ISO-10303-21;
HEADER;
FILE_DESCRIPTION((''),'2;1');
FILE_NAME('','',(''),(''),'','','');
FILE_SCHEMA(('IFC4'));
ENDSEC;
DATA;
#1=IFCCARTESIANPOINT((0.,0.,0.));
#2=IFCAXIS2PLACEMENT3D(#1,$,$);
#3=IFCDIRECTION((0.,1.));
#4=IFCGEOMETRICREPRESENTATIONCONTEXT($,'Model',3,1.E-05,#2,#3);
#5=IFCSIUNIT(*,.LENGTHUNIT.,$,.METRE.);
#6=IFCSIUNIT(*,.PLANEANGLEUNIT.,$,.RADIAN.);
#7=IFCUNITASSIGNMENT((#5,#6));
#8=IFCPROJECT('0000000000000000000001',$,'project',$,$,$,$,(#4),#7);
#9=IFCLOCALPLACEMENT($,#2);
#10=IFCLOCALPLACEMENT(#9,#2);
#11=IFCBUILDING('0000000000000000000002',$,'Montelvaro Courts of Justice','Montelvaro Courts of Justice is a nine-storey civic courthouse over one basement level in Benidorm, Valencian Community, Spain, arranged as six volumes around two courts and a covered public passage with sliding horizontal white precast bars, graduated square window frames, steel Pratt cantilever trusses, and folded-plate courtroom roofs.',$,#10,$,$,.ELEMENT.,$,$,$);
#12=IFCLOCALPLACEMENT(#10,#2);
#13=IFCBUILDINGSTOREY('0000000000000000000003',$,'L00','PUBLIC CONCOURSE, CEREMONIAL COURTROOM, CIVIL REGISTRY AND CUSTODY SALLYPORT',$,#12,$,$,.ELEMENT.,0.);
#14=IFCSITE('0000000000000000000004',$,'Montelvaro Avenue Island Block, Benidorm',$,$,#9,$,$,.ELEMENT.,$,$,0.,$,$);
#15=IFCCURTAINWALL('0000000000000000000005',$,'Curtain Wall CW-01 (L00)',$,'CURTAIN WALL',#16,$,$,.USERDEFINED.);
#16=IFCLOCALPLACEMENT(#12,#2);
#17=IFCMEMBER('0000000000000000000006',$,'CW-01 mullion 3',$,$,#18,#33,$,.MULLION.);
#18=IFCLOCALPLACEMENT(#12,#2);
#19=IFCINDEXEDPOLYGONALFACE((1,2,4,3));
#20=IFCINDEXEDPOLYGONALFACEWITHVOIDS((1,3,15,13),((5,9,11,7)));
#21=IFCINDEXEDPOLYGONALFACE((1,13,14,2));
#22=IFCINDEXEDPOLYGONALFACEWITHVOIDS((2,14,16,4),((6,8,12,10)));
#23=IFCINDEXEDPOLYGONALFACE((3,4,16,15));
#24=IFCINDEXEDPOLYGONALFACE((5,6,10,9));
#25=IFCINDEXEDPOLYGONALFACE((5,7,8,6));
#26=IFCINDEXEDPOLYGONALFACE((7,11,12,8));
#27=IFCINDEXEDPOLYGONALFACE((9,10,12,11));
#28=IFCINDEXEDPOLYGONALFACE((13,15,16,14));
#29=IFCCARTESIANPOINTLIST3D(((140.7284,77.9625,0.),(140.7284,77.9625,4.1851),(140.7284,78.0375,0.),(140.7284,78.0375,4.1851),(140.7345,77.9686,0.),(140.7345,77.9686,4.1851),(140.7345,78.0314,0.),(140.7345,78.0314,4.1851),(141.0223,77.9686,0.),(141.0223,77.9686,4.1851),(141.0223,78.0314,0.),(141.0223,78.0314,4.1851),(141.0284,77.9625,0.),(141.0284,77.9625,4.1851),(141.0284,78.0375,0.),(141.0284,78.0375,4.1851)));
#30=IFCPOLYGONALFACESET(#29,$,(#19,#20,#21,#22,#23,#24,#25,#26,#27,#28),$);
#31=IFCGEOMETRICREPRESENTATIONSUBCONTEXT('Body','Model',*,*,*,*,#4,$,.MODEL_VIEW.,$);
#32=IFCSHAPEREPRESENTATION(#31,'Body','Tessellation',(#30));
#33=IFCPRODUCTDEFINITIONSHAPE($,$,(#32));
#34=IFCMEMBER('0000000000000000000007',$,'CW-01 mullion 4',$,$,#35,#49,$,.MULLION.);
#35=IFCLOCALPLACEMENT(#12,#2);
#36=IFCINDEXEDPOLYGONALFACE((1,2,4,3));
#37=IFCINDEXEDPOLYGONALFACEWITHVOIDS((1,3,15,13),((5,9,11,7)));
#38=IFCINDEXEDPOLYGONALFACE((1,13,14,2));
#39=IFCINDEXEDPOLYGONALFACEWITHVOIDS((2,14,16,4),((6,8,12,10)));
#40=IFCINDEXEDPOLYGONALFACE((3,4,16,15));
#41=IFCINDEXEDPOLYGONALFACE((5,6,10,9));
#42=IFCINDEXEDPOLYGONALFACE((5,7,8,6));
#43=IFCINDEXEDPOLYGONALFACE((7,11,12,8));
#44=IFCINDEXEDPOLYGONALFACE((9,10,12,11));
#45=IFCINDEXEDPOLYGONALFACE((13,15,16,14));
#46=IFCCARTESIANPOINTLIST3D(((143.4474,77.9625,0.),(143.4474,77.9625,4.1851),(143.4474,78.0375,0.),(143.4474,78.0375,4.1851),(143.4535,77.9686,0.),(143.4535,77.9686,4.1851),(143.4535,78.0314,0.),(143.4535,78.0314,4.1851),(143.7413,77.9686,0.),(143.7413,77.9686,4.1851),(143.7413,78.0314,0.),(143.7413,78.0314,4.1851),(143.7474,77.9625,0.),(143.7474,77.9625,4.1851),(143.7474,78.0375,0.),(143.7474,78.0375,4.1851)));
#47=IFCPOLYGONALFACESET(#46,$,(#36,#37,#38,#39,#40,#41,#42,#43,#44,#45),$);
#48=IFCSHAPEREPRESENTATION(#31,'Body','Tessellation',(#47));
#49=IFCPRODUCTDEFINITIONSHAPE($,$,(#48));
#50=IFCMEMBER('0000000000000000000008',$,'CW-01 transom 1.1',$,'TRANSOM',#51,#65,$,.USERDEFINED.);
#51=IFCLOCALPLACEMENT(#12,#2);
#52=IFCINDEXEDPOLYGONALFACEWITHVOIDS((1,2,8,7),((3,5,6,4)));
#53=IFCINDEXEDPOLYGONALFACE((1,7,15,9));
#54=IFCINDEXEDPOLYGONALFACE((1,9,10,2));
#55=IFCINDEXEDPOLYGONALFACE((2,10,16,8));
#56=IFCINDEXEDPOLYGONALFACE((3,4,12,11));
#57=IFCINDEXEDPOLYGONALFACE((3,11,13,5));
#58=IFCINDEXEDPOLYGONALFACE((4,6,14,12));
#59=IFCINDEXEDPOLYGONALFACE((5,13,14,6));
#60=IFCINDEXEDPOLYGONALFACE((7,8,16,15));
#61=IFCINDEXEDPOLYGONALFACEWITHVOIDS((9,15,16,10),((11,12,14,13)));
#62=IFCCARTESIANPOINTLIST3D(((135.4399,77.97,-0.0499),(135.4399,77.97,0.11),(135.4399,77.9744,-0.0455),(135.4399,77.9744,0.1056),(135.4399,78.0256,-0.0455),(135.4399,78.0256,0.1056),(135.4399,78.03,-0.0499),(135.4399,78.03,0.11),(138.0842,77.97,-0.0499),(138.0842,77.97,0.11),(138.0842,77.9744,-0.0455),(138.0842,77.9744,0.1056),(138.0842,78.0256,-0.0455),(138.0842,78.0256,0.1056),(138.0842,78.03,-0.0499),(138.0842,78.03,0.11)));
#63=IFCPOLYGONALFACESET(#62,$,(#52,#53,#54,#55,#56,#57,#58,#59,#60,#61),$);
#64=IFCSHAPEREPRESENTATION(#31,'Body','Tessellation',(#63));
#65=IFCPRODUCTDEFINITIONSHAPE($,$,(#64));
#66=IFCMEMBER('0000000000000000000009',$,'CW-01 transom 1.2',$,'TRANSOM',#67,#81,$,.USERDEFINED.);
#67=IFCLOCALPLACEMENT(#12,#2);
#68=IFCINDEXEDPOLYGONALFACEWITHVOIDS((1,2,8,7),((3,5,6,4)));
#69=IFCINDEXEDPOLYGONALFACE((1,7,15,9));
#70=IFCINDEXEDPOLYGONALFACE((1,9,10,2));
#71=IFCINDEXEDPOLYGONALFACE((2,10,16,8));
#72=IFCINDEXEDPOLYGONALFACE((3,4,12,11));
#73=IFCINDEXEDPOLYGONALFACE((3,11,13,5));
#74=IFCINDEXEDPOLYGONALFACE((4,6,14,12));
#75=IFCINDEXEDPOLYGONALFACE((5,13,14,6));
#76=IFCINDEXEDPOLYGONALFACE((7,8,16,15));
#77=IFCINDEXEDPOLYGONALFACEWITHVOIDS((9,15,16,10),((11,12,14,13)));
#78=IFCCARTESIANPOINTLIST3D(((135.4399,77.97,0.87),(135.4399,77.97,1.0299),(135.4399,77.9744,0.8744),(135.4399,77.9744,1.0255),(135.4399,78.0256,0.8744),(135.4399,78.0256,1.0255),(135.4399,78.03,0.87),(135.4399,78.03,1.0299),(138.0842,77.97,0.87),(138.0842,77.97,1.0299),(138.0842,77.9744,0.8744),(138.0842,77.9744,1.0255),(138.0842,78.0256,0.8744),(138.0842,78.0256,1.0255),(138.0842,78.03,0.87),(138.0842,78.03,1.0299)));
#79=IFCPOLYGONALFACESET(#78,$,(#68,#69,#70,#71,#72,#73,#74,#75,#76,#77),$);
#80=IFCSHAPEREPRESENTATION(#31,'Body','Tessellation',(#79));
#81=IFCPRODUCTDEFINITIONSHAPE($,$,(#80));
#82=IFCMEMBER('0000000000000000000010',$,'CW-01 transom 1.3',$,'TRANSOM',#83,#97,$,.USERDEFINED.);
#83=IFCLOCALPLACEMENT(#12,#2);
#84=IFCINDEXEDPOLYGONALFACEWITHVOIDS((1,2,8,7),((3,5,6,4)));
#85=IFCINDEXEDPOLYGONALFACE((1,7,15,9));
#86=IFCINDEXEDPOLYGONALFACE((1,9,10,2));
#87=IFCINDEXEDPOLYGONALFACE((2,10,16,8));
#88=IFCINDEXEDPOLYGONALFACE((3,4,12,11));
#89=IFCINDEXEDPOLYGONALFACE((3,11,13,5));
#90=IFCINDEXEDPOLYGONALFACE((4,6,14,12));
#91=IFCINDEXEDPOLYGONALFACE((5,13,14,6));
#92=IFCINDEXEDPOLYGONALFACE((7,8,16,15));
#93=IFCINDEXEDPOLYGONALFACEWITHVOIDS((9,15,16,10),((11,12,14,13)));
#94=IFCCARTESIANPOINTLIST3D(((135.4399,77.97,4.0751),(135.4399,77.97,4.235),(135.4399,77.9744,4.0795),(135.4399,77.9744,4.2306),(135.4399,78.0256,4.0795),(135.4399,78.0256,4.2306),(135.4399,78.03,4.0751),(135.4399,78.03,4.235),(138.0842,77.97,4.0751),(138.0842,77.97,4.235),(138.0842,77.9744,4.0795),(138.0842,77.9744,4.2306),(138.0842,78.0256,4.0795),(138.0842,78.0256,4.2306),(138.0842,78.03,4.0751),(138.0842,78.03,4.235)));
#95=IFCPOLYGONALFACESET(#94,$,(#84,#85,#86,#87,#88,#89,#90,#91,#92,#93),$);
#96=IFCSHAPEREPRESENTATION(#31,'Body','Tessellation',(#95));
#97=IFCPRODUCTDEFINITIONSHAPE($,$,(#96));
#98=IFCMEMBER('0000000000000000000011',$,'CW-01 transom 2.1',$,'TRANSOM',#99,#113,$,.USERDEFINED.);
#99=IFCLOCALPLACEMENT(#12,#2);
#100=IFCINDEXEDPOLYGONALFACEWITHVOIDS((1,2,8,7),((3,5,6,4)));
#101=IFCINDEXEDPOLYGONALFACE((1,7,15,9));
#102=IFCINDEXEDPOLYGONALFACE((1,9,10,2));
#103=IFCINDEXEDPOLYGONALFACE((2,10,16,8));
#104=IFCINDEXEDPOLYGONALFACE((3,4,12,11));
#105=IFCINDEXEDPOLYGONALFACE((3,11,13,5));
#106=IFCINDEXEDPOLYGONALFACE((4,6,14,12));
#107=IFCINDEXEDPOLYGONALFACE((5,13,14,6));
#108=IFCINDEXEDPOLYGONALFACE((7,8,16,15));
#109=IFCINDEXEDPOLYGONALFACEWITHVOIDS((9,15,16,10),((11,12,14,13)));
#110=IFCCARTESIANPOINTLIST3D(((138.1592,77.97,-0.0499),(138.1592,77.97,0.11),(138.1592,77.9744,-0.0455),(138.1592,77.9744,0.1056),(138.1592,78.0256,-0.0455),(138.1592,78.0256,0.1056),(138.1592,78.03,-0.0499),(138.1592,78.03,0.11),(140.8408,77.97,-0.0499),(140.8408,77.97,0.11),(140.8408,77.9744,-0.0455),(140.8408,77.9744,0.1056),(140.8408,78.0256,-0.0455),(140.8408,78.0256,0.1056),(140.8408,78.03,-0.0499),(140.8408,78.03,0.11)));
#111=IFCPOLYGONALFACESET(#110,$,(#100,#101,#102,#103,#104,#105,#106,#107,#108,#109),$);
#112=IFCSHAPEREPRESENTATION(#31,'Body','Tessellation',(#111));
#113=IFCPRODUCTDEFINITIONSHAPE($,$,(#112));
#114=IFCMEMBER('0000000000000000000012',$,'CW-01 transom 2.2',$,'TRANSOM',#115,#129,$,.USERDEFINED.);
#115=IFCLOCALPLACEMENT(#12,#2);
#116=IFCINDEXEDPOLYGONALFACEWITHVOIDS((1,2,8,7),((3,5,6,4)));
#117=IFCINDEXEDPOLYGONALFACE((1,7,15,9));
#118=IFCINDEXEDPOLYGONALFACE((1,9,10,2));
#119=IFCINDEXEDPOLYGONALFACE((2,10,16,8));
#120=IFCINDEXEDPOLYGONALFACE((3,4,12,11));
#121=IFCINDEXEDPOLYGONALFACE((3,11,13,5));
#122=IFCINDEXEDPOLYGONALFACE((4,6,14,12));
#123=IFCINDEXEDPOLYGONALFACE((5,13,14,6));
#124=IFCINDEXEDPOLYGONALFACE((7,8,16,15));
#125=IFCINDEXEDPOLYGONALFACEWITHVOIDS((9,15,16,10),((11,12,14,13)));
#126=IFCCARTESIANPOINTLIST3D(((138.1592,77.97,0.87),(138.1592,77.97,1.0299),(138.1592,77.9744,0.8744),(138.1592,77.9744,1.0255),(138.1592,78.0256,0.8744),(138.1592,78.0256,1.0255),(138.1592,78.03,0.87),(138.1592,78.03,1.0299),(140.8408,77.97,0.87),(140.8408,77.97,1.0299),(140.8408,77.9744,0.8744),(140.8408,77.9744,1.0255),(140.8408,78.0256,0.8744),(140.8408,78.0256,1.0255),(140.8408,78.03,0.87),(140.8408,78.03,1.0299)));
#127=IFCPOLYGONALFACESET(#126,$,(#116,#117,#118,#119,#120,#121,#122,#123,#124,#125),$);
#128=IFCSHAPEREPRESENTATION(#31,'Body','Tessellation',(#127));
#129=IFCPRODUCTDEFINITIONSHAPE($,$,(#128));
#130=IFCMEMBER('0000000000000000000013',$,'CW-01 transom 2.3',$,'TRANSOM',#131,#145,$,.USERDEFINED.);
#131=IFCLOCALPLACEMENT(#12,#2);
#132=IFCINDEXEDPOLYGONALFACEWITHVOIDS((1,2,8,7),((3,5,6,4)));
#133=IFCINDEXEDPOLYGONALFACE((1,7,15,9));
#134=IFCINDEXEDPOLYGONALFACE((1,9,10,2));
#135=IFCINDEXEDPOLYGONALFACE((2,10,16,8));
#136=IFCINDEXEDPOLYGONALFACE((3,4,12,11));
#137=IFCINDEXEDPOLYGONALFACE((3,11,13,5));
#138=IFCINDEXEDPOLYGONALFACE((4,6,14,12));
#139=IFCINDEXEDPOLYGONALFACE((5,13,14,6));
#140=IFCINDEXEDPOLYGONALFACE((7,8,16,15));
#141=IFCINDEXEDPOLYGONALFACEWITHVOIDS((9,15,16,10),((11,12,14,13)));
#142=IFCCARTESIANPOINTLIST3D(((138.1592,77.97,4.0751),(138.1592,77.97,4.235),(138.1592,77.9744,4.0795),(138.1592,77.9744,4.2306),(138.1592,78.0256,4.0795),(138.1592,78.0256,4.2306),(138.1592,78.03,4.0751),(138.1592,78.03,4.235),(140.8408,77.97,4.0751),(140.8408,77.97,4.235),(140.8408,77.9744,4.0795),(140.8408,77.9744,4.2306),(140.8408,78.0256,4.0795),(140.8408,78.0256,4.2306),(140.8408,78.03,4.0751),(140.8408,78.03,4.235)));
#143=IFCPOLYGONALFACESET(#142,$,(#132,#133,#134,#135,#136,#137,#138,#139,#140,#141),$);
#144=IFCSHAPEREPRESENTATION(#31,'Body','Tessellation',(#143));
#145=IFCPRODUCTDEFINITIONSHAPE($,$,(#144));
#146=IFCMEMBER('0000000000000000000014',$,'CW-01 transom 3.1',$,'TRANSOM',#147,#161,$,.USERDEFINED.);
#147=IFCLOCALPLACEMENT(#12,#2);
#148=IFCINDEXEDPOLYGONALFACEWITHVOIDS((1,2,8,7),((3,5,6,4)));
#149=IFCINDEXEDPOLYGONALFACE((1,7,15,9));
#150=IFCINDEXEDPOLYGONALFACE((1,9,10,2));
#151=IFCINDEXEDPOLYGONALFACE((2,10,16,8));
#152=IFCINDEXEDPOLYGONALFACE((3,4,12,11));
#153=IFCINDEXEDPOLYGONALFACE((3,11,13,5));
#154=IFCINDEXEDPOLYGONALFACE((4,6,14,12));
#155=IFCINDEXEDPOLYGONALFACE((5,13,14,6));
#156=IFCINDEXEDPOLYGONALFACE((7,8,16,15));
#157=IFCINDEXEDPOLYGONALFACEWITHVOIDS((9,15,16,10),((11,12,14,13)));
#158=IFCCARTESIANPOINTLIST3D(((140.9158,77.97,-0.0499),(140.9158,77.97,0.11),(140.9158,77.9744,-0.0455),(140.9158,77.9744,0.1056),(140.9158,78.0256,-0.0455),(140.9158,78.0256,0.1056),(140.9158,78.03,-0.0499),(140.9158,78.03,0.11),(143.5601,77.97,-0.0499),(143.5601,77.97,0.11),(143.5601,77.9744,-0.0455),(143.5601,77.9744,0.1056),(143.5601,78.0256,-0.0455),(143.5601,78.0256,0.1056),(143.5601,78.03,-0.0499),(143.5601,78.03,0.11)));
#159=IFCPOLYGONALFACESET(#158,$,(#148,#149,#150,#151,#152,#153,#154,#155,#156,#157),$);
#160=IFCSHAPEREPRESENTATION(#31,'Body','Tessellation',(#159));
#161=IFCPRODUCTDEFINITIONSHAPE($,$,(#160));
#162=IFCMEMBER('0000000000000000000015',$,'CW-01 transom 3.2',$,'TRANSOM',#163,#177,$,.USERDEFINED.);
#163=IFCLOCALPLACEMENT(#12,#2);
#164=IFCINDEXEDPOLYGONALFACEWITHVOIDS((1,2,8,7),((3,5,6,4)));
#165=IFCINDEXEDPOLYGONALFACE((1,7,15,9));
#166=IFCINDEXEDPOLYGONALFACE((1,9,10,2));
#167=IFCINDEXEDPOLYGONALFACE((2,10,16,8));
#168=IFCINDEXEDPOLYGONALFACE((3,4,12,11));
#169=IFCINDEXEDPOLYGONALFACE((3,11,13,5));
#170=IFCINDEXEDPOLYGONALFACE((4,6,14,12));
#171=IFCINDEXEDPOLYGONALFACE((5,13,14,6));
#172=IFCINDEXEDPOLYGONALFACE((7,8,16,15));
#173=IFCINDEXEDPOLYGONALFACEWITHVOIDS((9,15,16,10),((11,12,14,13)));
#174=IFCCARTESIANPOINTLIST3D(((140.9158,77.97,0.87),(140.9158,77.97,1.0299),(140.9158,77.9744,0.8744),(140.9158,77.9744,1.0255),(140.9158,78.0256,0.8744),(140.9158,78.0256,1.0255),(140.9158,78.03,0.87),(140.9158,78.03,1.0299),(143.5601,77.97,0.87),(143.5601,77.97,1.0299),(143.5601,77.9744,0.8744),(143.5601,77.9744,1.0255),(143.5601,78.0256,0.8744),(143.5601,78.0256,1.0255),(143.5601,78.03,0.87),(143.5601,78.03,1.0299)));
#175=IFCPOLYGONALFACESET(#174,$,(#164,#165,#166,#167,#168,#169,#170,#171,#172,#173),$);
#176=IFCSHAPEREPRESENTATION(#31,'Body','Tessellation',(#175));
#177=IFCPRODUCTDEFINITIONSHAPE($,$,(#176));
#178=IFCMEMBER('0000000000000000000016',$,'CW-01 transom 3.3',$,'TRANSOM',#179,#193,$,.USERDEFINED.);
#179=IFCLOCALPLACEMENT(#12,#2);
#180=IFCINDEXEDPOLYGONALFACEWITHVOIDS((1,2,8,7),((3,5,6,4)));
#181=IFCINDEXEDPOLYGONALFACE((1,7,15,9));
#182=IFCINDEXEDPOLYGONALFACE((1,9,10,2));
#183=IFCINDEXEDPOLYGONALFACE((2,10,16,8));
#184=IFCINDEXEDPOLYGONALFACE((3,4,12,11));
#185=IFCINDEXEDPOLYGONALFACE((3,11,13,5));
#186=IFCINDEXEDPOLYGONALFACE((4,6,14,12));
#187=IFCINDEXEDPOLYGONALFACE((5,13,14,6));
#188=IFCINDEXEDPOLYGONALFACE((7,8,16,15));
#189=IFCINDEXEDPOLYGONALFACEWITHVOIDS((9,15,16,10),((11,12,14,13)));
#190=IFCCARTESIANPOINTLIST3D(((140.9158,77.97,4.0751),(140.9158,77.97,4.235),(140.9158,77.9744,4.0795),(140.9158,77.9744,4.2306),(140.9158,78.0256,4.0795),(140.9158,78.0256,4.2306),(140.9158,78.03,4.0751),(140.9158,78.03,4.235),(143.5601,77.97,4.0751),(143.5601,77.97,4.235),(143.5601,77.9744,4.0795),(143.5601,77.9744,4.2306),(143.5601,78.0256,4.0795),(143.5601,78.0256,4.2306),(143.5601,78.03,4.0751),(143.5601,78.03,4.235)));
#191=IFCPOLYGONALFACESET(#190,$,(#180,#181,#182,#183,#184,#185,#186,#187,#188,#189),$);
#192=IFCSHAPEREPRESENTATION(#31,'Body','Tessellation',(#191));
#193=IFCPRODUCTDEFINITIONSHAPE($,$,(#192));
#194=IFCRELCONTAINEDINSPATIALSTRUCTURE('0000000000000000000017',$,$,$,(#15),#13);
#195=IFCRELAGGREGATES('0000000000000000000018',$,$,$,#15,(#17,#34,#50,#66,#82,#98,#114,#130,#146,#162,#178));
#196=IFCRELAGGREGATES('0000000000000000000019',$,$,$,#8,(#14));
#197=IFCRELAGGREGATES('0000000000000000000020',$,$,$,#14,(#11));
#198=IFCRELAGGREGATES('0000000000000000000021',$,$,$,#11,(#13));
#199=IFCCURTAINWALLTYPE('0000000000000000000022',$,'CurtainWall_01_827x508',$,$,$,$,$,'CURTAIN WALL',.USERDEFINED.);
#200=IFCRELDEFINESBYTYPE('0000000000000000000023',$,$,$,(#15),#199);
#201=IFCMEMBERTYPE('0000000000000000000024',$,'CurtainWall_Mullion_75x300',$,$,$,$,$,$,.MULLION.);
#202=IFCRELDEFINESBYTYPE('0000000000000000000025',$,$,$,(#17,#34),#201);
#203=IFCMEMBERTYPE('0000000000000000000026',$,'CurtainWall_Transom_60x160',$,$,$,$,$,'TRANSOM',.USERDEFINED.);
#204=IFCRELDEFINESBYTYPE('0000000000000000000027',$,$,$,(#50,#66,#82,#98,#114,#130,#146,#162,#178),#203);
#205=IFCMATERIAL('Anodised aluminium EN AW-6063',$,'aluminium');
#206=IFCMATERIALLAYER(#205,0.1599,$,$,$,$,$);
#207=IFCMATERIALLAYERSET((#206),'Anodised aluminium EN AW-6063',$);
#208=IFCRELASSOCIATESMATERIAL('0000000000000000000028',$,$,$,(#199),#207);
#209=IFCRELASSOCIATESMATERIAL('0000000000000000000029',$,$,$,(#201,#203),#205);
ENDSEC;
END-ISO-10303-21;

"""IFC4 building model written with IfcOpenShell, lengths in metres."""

from ifc_helpers import new_model, si_unit, direction, frame, origin, origin_2d, place, context, subcontext, project, spatial, hollow_rectangle, extrude, material, layer, layer_set, material_profile, profile_set, type_object, element, aggregate, save


model = new_model("IFC4")

# Units and contexts
model_context = context("Model", 3, precision=1e-05, world=origin(), true_north=direction((0.0, 1.0)))
body_context = subcontext(model_context, "Body", "Model", "MODEL_VIEW")
ifc_project = project(units=[si_unit("LENGTHUNIT", "METRE"), si_unit("PLANEANGLEUNIT", "RADIAN")], contexts=[model_context])

# Site, building, storey
site_placement = place(None, origin())
site = spatial("IfcSite", under=ifc_project, at=site_placement, Name="Montelvaro Avenue Island Block, Benidorm", CompositionType="ELEMENT", RefElevation=0.0)
building_placement = place(site_placement, origin())
building = spatial("IfcBuilding", under=site, at=building_placement, Name="Montelvaro Courts of Justice", Description="Montelvaro Courts of Justice is a nine-storey civic courthouse over one basement level in Benidorm, Valencian Community, Spain, arranged as six volumes around two courts and a covered public passage with sliding horizontal white precast bars, graduated square window frames, steel Pratt cantilever trusses, and folded-plate courtroom roofs.", CompositionType="ELEMENT")
storey_placement = place(building_placement, origin())
storey = spatial("IfcBuildingStorey", under=building, at=storey_placement, Name="L00", Description="PUBLIC CONCOURSE, CEREMONIAL COURTROOM, CIVIL REGISTRY AND CUSTODY SALLYPORT", CompositionType="ELEMENT", Elevation=0.0)

# Shared definitions
ifc_material_1 = material(Name="Anodised aluminium EN AW-6063", Category="aluminium")
ifc_layer_1 = layer(ifc_material_1, 0.1599)
ifc_layer_set_1 = layer_set([ifc_layer_1], Name="Anodised aluminium EN AW-6063")
curtain_wall_type = type_object("IfcCurtainWallType", Name="CurtainWall_01_827x508", ElementType="CURTAIN WALL", PredefinedType="USERDEFINED", material=ifc_layer_set_1)

# Curtain wall, members
curtain_wall_1_placement = place(storey_placement, origin())
curtain_wall_1 = element("IfcCurtainWall", 1, at=curtain_wall_1_placement, inside=storey, type_object=curtain_wall_type, Name="Curtain Wall CW-01 (L00)", ObjectType="CURTAIN WALL", PredefinedType="USERDEFINED")
ifc_material_profile_1 = material_profile(ifc_material_1, hollow_rectangle(XDim=0.075, YDim=0.3, WallThickness=0.0061, at=origin_2d()), Name="ALU-M 75x300")
ifc_profile_set_1 = profile_set([ifc_material_profile_1], Name="Anodised aluminium EN AW-6063")
member_type_1 = type_object("IfcMemberType", Name="CurtainWall_Mullion_75x300", PredefinedType="MULLION", material=ifc_profile_set_1)
member_1_placement = place(storey_placement, frame((140.8784, 78.0, 0.0), z_axis=(0.0, 0.0, 1.0), x_axis=(0.0, 1.0, 0.0)))
member_1 = element("IfcMember", 2, at=member_1_placement, type_object=member_type_1, Name="CW-01 mullion 3", PredefinedType="MULLION", context=body_context, shape_type="SweptSolid", body=[
    extrude(hollow_rectangle(XDim=0.075, YDim=0.3, WallThickness=0.0061, at=origin_2d()), origin(), (0.0, 0.0, 1.0), 4.1851),
])
member_2_placement = place(storey_placement, frame((143.5974, 78.0, 0.0), z_axis=(0.0, 0.0, 1.0), x_axis=(0.0, 1.0, 0.0)))
member_2 = element("IfcMember", 3, at=member_2_placement, type_object=member_type_1, Name="CW-01 mullion 4", PredefinedType="MULLION", context=body_context, shape_type="SweptSolid", body=[
    extrude(hollow_rectangle(XDim=0.075, YDim=0.3, WallThickness=0.0061, at=origin_2d()), origin(), (0.0, 0.0, 1.0), 4.1851),
])
ifc_material_profile_2 = material_profile(ifc_material_1, hollow_rectangle(XDim=0.0601, YDim=0.1599, WallThickness=0.0044, at=origin_2d()), Name="ALU-T 60x160")
ifc_profile_set_2 = profile_set([ifc_material_profile_2], Name="Anodised aluminium EN AW-6063")
member_type_2 = type_object("IfcMemberType", Name="CurtainWall_Transom_60x160", ElementType="TRANSOM", PredefinedType="USERDEFINED", material=ifc_profile_set_2)
member_3_placement = place(storey_placement, frame((135.4399, 78.0, 0.03), z_axis=(1.0, 0.0, 0.0), x_axis=(0.0, 1.0, 0.0)))
member_3 = element("IfcMember", 4, at=member_3_placement, type_object=member_type_2, Name="CW-01 transom 1.1", ObjectType="TRANSOM", PredefinedType="USERDEFINED", context=body_context, shape_type="SweptSolid", body=[
    extrude(hollow_rectangle(XDim=0.0601, YDim=0.1599, WallThickness=0.0044, at=origin_2d()), origin(), (0.0, 0.0, 1.0), 2.6443),
])
member_4_placement = place(storey_placement, frame((135.4399, 78.0, 0.95), z_axis=(1.0, 0.0, 0.0), x_axis=(0.0, 1.0, 0.0)))
member_4 = element("IfcMember", 5, at=member_4_placement, type_object=member_type_2, Name="CW-01 transom 1.2", ObjectType="TRANSOM", PredefinedType="USERDEFINED", context=body_context, shape_type="SweptSolid", body=[
    extrude(hollow_rectangle(XDim=0.0601, YDim=0.1599, WallThickness=0.0044, at=origin_2d()), origin(), (0.0, 0.0, 1.0), 2.6443),
])
member_5_placement = place(storey_placement, frame((135.4399, 78.0, 4.155), z_axis=(1.0, 0.0, 0.0), x_axis=(0.0, 1.0, 0.0)))
member_5 = element("IfcMember", 6, at=member_5_placement, type_object=member_type_2, Name="CW-01 transom 1.3", ObjectType="TRANSOM", PredefinedType="USERDEFINED", context=body_context, shape_type="SweptSolid", body=[
    extrude(hollow_rectangle(XDim=0.0601, YDim=0.1599, WallThickness=0.0044, at=origin_2d()), origin(), (0.0, 0.0, 1.0), 2.6443),
])
member_6_placement = place(storey_placement, frame((138.1592, 78.0, 0.03), z_axis=(1.0, 0.0, 0.0), x_axis=(0.0, 1.0, 0.0)))
member_6 = element("IfcMember", 7, at=member_6_placement, type_object=member_type_2, Name="CW-01 transom 2.1", ObjectType="TRANSOM", PredefinedType="USERDEFINED", context=body_context, shape_type="SweptSolid", body=[
    extrude(hollow_rectangle(XDim=0.0601, YDim=0.1599, WallThickness=0.0044, at=origin_2d()), origin(), (0.0, 0.0, 1.0), 2.6816),
])
member_7_placement = place(storey_placement, frame((138.1592, 78.0, 0.95), z_axis=(1.0, 0.0, 0.0), x_axis=(0.0, 1.0, 0.0)))
member_7 = element("IfcMember", 8, at=member_7_placement, type_object=member_type_2, Name="CW-01 transom 2.2", ObjectType="TRANSOM", PredefinedType="USERDEFINED", context=body_context, shape_type="SweptSolid", body=[
    extrude(hollow_rectangle(XDim=0.0601, YDim=0.1599, WallThickness=0.0044, at=origin_2d()), origin(), (0.0, 0.0, 1.0), 2.6816),
])
member_8_placement = place(storey_placement, frame((138.1592, 78.0, 4.155), z_axis=(1.0, 0.0, 0.0), x_axis=(0.0, 1.0, 0.0)))
member_8 = element("IfcMember", 9, at=member_8_placement, type_object=member_type_2, Name="CW-01 transom 2.3", ObjectType="TRANSOM", PredefinedType="USERDEFINED", context=body_context, shape_type="SweptSolid", body=[
    extrude(hollow_rectangle(XDim=0.0601, YDim=0.1599, WallThickness=0.0044, at=origin_2d()), origin(), (0.0, 0.0, 1.0), 2.6816),
])
member_9_placement = place(storey_placement, frame((140.9158, 78.0, 0.03), z_axis=(1.0, 0.0, 0.0), x_axis=(0.0, 1.0, 0.0)))
member_9 = element("IfcMember", 10, at=member_9_placement, type_object=member_type_2, Name="CW-01 transom 3.1", ObjectType="TRANSOM", PredefinedType="USERDEFINED", context=body_context, shape_type="SweptSolid", body=[
    extrude(hollow_rectangle(XDim=0.0601, YDim=0.1599, WallThickness=0.0044, at=origin_2d()), origin(), (0.0, 0.0, 1.0), 2.6443),
])
member_10_placement = place(storey_placement, frame((140.9158, 78.0, 0.95), z_axis=(1.0, 0.0, 0.0), x_axis=(0.0, 1.0, 0.0)))
member_10 = element("IfcMember", 11, at=member_10_placement, type_object=member_type_2, Name="CW-01 transom 3.2", ObjectType="TRANSOM", PredefinedType="USERDEFINED", context=body_context, shape_type="SweptSolid", body=[
    extrude(hollow_rectangle(XDim=0.0601, YDim=0.1599, WallThickness=0.0044, at=origin_2d()), origin(), (0.0, 0.0, 1.0), 2.6443),
])
member_11_placement = place(storey_placement, frame((140.9158, 78.0, 4.155), z_axis=(1.0, 0.0, 0.0), x_axis=(0.0, 1.0, 0.0)))
member_11 = element("IfcMember", 12, at=member_11_placement, type_object=member_type_2, Name="CW-01 transom 3.3", ObjectType="TRANSOM", PredefinedType="USERDEFINED", context=body_context, shape_type="SweptSolid", body=[
    extrude(hollow_rectangle(XDim=0.0601, YDim=0.1599, WallThickness=0.0044, at=origin_2d()), origin(), (0.0, 0.0, 1.0), 2.6443),
])
aggregate(curtain_wall_1, [member_1, member_2, member_3, member_4, member_5, member_6, member_7, member_8, member_9, member_10, member_11])

save(model, "model.ifc")
